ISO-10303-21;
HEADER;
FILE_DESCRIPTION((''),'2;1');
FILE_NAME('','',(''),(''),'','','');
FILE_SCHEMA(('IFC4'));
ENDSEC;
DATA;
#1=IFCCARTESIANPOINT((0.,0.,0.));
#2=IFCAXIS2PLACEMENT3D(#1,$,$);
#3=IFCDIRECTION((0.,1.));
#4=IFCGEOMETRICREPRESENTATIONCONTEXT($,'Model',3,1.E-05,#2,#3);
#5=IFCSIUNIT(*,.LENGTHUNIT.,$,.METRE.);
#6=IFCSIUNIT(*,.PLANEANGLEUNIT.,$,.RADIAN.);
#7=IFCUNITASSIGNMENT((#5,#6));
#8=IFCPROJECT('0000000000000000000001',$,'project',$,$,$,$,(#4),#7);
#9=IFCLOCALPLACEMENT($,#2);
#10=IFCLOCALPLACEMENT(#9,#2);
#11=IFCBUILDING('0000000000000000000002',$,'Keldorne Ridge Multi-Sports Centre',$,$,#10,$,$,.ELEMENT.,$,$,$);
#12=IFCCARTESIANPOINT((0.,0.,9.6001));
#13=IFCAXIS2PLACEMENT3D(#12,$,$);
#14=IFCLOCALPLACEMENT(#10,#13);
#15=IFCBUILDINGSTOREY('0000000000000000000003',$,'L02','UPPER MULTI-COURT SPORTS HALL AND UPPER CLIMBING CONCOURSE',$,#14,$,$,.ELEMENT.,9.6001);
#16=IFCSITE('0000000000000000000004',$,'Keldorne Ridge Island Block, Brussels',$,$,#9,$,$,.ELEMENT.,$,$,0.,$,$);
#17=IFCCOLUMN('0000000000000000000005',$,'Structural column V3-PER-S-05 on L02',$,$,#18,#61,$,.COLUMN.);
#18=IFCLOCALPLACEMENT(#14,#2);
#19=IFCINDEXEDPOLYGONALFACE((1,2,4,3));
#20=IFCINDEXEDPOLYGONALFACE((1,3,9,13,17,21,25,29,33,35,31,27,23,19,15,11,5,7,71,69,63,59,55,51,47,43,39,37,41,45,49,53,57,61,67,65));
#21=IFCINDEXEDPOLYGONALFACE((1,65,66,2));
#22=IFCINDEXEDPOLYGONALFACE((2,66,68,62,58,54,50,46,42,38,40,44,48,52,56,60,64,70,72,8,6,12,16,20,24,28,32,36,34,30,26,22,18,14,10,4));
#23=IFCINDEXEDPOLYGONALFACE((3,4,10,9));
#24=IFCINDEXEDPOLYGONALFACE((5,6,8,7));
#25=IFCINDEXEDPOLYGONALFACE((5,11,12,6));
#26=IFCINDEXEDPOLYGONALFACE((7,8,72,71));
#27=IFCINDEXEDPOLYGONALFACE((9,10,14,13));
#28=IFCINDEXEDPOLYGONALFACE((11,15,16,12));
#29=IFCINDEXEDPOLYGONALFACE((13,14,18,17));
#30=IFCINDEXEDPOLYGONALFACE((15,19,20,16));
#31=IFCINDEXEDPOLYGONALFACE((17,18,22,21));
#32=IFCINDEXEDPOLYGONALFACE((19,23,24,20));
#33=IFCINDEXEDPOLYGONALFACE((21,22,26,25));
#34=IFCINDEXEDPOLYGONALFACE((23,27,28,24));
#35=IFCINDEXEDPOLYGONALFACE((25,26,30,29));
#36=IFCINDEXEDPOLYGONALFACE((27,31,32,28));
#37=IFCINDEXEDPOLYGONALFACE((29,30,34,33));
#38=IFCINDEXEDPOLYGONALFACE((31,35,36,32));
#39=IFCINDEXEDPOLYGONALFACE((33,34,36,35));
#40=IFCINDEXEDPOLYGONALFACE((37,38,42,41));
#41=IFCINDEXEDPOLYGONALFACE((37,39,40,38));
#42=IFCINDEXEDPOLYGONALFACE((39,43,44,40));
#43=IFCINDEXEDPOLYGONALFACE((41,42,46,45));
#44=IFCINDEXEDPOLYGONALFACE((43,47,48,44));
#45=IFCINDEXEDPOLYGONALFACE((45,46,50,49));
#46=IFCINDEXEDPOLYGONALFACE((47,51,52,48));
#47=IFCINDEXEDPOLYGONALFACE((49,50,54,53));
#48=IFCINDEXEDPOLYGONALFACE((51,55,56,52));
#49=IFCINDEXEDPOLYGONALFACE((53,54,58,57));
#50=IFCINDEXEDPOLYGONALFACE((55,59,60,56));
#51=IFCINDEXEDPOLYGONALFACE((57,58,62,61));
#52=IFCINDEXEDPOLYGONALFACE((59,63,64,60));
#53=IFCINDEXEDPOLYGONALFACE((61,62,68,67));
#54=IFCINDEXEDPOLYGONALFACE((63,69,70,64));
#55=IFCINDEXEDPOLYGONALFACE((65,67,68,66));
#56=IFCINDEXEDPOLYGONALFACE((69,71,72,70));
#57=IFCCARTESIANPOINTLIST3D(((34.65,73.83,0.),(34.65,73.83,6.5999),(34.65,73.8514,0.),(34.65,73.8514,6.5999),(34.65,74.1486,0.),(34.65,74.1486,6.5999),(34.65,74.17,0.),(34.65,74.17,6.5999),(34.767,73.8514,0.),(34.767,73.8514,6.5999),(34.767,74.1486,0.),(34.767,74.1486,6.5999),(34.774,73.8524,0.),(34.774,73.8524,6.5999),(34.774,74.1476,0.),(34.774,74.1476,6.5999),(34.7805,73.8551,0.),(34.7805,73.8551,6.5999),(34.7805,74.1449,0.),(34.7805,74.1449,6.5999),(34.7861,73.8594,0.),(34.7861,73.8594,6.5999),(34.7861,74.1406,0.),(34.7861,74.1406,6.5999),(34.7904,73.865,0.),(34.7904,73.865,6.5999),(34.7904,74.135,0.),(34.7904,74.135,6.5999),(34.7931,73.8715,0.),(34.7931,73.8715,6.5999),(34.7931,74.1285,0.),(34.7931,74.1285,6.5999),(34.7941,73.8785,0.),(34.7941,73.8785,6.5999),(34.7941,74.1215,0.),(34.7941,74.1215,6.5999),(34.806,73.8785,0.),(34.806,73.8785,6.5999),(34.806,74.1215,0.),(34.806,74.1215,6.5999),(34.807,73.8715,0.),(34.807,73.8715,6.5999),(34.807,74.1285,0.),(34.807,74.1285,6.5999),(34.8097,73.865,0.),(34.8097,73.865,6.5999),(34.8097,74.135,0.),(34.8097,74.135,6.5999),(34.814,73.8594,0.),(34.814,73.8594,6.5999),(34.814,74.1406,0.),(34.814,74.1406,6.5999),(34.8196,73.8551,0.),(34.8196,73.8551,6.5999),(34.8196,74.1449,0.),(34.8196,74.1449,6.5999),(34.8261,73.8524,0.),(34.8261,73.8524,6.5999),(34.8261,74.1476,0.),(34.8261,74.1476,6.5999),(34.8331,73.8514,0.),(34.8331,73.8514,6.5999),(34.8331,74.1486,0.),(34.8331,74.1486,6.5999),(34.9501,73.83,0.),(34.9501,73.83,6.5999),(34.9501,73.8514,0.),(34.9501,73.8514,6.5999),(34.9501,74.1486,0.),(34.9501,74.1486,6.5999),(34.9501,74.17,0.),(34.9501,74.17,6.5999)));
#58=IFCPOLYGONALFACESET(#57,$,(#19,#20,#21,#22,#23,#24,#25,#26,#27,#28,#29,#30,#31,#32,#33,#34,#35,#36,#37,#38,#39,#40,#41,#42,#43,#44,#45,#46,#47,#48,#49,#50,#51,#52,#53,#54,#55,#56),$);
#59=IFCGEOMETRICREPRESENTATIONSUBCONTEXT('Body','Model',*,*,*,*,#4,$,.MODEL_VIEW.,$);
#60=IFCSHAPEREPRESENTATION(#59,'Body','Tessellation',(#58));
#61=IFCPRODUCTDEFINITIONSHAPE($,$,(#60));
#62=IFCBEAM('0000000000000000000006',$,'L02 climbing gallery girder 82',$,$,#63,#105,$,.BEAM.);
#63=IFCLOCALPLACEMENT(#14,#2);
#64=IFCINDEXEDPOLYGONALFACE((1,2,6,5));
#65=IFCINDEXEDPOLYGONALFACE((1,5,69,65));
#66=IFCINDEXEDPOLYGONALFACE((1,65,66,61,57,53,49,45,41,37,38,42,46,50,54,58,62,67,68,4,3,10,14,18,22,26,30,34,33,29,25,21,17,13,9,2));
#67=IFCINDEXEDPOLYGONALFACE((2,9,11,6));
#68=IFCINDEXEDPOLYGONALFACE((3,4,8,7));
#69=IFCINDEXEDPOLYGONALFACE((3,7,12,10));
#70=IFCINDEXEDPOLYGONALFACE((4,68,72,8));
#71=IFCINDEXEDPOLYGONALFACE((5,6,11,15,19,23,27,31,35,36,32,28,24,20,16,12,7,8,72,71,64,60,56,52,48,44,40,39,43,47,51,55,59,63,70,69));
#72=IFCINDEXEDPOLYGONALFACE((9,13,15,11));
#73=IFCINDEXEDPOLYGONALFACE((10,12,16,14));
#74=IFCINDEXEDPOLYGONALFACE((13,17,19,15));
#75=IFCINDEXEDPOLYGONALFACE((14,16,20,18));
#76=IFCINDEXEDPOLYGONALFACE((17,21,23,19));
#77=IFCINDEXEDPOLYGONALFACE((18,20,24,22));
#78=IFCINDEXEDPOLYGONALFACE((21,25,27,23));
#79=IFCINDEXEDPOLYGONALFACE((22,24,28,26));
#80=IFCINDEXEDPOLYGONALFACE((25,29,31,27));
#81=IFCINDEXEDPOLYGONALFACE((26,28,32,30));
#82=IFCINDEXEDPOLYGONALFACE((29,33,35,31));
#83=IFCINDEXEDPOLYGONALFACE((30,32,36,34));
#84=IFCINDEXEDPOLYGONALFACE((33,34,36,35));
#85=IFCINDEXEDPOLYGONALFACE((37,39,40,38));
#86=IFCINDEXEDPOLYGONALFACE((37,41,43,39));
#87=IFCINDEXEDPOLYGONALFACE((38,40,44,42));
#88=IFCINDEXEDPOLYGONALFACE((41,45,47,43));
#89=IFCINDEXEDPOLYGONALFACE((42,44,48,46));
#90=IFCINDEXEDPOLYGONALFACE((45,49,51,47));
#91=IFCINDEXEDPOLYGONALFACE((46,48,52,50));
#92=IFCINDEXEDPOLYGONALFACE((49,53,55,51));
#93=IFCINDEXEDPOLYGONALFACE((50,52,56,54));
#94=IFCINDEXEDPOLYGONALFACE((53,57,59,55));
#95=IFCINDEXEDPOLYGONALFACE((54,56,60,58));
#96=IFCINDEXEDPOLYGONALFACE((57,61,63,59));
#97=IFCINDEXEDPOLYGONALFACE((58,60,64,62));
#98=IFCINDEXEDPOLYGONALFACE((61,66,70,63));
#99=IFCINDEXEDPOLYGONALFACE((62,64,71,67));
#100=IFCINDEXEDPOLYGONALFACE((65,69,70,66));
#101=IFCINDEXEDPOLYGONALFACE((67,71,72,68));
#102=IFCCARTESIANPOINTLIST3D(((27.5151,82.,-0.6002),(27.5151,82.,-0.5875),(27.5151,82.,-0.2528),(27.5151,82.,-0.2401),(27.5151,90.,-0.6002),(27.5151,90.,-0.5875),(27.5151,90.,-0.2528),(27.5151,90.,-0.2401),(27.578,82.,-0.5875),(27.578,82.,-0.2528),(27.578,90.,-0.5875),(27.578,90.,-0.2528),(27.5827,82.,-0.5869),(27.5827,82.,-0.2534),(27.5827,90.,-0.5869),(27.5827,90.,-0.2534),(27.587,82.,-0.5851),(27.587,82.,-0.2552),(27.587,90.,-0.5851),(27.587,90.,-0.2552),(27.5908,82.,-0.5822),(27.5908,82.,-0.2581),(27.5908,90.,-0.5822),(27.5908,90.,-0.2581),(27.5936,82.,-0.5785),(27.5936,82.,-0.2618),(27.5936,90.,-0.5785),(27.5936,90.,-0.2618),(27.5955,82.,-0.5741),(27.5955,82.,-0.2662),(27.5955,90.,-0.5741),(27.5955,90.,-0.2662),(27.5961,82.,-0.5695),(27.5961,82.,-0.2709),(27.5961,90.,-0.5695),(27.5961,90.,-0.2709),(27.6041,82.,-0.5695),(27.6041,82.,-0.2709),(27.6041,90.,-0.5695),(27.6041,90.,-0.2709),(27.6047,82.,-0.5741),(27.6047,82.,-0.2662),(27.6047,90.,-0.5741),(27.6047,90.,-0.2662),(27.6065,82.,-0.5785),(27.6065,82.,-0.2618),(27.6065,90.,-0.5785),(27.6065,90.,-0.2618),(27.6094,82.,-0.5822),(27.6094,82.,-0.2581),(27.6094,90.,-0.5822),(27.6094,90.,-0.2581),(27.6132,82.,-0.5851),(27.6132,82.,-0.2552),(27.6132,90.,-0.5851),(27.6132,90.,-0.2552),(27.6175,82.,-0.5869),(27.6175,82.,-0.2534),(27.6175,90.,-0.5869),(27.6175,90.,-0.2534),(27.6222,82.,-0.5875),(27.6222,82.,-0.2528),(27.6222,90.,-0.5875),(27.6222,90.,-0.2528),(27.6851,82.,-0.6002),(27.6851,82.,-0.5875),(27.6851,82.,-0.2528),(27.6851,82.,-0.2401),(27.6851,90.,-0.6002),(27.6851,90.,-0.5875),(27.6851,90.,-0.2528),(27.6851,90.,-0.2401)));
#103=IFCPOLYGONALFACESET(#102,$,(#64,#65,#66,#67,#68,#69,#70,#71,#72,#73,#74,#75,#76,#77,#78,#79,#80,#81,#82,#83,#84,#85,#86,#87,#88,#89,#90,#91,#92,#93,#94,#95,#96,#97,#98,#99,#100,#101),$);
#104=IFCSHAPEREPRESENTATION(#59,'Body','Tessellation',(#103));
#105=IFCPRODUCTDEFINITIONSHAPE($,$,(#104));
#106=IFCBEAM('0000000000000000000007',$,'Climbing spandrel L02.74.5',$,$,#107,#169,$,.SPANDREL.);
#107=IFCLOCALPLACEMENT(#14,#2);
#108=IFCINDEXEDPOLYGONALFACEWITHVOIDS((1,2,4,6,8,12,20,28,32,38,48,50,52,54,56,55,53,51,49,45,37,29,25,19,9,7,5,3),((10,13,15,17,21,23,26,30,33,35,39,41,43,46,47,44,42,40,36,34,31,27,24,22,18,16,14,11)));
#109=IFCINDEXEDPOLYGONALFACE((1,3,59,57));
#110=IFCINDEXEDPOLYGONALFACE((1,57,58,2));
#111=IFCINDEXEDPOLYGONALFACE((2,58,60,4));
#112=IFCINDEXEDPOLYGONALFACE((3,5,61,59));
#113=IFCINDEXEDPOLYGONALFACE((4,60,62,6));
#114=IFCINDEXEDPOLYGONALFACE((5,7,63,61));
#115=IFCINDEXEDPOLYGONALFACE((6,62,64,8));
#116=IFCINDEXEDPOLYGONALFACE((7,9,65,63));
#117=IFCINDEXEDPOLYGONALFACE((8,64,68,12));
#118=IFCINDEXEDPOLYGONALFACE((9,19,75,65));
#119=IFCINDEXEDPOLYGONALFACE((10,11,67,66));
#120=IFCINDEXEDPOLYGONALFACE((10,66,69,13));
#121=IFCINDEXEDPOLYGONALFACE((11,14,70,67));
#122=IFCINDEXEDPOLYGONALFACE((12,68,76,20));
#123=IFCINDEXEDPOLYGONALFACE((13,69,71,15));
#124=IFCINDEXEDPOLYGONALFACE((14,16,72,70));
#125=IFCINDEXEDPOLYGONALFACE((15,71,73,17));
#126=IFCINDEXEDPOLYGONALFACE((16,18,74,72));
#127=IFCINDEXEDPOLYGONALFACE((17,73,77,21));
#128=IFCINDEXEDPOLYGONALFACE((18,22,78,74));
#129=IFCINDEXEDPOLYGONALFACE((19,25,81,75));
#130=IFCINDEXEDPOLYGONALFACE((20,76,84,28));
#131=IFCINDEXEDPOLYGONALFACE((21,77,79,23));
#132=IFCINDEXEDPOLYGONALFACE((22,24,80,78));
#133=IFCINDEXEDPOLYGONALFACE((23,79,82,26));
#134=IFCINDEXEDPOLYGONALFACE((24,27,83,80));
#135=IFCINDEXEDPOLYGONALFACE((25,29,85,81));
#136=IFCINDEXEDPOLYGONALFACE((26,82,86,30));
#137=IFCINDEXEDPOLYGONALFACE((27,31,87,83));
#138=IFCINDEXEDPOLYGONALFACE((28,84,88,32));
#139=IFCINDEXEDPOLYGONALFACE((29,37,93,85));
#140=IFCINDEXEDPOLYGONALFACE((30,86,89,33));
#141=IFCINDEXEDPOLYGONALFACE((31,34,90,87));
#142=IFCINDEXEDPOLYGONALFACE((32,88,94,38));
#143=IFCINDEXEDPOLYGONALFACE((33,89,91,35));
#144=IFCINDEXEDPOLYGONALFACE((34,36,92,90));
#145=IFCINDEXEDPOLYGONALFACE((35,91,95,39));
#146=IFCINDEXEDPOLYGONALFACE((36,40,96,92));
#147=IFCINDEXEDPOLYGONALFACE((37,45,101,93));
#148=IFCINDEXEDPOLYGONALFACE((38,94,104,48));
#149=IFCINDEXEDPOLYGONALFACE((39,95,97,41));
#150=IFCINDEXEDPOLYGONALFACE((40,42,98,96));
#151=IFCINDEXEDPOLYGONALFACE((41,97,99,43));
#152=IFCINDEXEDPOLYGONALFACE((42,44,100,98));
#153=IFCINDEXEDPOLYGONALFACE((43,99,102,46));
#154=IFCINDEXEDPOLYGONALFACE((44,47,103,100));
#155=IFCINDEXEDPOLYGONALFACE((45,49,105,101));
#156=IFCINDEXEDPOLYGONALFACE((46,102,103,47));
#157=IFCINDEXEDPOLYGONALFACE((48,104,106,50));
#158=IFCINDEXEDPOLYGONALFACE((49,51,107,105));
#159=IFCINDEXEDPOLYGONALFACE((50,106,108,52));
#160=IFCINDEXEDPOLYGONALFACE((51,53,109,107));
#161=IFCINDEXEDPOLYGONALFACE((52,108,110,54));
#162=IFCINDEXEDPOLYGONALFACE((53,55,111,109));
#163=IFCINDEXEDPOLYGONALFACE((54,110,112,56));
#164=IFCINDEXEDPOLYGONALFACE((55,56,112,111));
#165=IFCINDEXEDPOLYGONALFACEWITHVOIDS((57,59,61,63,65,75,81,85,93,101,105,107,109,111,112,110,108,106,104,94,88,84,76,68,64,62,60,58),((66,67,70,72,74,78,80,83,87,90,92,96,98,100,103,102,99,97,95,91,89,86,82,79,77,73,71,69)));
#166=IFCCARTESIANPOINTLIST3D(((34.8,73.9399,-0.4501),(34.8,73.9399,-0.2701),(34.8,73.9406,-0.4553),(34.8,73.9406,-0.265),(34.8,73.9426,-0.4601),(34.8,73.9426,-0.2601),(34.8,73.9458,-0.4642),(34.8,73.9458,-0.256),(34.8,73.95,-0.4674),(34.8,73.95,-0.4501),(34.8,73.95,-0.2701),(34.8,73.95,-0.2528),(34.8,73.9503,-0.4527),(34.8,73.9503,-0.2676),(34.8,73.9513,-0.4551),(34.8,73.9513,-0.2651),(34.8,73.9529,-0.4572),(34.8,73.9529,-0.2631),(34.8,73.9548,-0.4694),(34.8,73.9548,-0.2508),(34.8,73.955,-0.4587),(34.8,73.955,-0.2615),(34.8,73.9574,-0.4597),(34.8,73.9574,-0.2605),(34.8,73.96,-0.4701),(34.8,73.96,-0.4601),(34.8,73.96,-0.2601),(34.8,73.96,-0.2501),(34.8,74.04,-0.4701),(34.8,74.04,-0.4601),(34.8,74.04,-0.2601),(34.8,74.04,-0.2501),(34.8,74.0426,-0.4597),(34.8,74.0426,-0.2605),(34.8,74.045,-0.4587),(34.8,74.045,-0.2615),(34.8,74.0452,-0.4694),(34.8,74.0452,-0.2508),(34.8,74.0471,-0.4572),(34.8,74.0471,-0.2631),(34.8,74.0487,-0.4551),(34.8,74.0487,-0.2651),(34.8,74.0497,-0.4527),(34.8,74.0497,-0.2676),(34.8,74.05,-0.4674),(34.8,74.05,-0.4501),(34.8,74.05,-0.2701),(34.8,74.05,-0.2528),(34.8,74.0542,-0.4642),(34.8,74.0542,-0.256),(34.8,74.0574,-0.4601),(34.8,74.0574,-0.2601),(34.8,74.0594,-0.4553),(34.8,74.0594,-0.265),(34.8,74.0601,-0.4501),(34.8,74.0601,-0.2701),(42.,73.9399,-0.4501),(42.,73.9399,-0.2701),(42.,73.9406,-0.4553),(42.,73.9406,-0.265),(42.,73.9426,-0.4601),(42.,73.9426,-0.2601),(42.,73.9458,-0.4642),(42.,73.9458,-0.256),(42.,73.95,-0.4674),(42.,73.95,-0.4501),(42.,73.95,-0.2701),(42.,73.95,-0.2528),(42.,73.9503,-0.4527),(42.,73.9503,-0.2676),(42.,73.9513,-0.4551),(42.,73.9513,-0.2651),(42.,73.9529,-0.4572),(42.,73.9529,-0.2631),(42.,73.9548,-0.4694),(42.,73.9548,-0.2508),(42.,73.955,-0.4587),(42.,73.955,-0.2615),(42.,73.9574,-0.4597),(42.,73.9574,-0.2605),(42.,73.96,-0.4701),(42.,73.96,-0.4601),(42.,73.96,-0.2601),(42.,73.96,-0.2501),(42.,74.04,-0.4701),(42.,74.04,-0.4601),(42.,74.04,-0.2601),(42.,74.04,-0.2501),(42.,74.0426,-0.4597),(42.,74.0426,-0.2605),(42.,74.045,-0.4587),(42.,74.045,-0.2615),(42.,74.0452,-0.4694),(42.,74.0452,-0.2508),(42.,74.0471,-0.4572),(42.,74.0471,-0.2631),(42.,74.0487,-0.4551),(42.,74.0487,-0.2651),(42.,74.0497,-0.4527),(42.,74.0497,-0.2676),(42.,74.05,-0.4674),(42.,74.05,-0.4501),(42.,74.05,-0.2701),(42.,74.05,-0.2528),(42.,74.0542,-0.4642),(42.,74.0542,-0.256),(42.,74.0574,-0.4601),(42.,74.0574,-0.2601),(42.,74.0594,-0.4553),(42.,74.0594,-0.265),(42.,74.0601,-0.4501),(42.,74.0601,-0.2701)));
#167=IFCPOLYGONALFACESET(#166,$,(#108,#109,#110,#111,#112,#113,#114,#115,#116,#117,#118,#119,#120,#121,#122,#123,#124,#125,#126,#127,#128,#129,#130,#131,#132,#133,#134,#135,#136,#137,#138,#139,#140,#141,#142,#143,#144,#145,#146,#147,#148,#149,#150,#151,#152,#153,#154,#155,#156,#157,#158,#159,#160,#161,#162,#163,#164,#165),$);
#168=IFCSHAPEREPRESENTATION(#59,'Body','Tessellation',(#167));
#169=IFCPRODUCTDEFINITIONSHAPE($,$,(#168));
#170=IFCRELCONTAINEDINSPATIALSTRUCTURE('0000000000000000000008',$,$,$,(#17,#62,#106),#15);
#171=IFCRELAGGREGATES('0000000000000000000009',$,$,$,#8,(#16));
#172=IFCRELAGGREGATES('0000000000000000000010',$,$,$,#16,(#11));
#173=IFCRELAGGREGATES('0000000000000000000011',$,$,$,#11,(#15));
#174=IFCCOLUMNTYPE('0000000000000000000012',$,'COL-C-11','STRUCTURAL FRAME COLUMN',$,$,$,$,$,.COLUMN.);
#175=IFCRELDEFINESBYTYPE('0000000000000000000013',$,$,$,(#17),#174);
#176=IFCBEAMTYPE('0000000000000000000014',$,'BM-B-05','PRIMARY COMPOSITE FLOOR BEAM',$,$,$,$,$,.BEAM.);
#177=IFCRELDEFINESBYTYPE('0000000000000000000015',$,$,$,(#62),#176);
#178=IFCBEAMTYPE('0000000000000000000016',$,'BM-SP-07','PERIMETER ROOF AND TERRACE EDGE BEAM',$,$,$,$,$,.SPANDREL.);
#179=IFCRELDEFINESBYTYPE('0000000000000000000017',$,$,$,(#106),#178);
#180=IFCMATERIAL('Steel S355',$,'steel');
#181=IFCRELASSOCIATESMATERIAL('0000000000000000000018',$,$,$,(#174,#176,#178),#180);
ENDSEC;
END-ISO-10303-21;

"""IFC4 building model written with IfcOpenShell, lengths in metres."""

from ifc_helpers import new_model, si_unit, direction, frame, origin, origin_2d, place, context, subcontext, project, spatial, hollow_rectangle, i_section, extrude, material, material_profile, profile_set, type_object, element, save


model = new_model("IFC4")

# Units and contexts
model_context = context("Model", 3, precision=1e-05, world=origin(), true_north=direction((0.0, 1.0)))
body_context = subcontext(model_context, "Body", "Model", "MODEL_VIEW")
ifc_project = project(units=[si_unit("LENGTHUNIT", "METRE"), si_unit("PLANEANGLEUNIT", "RADIAN")], contexts=[model_context])

# Site, building, storey
site_placement = place(None, origin())
site = spatial("IfcSite", under=ifc_project, at=site_placement, Name="Keldorne Ridge Island Block, Brussels", CompositionType="ELEMENT", RefElevation=0.0)
building_placement = place(site_placement, origin())
building = spatial("IfcBuilding", under=site, at=building_placement, Name="Keldorne Ridge Multi-Sports Centre", CompositionType="ELEMENT")
storey_placement = place(building_placement, frame((0.0, 0.0, 9.6001)))
storey = spatial("IfcBuildingStorey", under=building, at=storey_placement, Name="L02", Description="UPPER MULTI-COURT SPORTS HALL AND UPPER CLIMBING CONCOURSE", CompositionType="ELEMENT", Elevation=9.6001)

# Column
ifc_material_1 = material(Name="Steel S355", Category="steel")
ifc_material_profile_1 = material_profile(ifc_material_1, i_section(OverallWidth=0.3, OverallDepth=0.3401, WebThickness=0.012, FlangeThickness=0.0215, FilletRadius=0.0271, at=origin_2d()), Name="HEB 340")
ifc_profile_set_1 = profile_set([ifc_material_profile_1], Name="Steel S355")
column_type = type_object("IfcColumnType", Name="COL-C-11", Description="STRUCTURAL FRAME COLUMN", PredefinedType="COLUMN", material=ifc_profile_set_1)
column_placement = place(storey_placement, frame((34.8, 74.0, 0.0), z_axis=(0.0, 0.0, 1.0), x_axis=(1.0, 0.0, 0.0)))
element("IfcColumn", 1, at=column_placement, inside=storey, type_object=column_type, Name="Structural column V3-PER-S-05 on L02", PredefinedType="COLUMN", context=body_context, shape_type="SweptSolid", body=[
    extrude(i_section(OverallWidth=0.3, OverallDepth=0.3401, WebThickness=0.012, FlangeThickness=0.0215, FilletRadius=0.0271, at=origin_2d()), origin(), (0.0, 0.0, 1.0), 6.5999),
])

# Beams
ifc_material_profile_2 = material_profile(ifc_material_1, i_section(OverallWidth=0.1699, OverallDepth=0.3601, WebThickness=0.0081, FlangeThickness=0.0127, FilletRadius=0.0181, at=origin_2d()), Name="IPE 360")
ifc_profile_set_2 = profile_set([ifc_material_profile_2], Name="Steel S355")
beam_type_1 = type_object("IfcBeamType", Name="BM-B-05", Description="PRIMARY COMPOSITE FLOOR BEAM", PredefinedType="BEAM", material=ifc_profile_set_2)
beam_1_placement = place(storey_placement, frame((27.6001, 82.0, -0.4202), z_axis=(0.0, 1.0, 0.0), x_axis=(-1.0, 0.0, 0.0)))
element("IfcBeam", 2, at=beam_1_placement, inside=storey, type_object=beam_type_1, Name="L02 climbing gallery girder 82", PredefinedType="BEAM", context=body_context, shape_type="SweptSolid", body=[
    extrude(i_section(OverallWidth=0.1699, OverallDepth=0.3601, WebThickness=0.0081, FlangeThickness=0.0127, FilletRadius=0.0181, at=origin_2d()), origin(), (0.0, 0.0, 1.0), 8.0),
])
ifc_material_profile_3 = material_profile(ifc_material_1, hollow_rectangle(XDim=0.1201, YDim=0.22, WallThickness=0.01, InnerFilletRadius=0.01, OuterFilletRadius=0.02, at=origin_2d()), Name="RHS 220x120x10")
ifc_profile_set_3 = profile_set([ifc_material_profile_3], Name="Steel S355")
beam_type_2 = type_object("IfcBeamType", Name="BM-SP-07", Description="PERIMETER ROOF AND TERRACE EDGE BEAM", PredefinedType="SPANDREL", material=ifc_profile_set_3)
beam_2_placement = place(storey_placement, frame((34.8, 74.0, -0.3601), z_axis=(1.0, 0.0, 0.0), x_axis=(0.0, 1.0, 0.0)))
element("IfcBeam", 3, at=beam_2_placement, inside=storey, type_object=beam_type_2, Name="Climbing spandrel L02.74.5", PredefinedType="SPANDREL", context=body_context, shape_type="SweptSolid", body=[
    extrude(hollow_rectangle(XDim=0.1201, YDim=0.22, WallThickness=0.01, InnerFilletRadius=0.01, OuterFilletRadius=0.02, at=origin_2d()), origin(), (0.0, 0.0, 1.0), 7.2),
])

save(model, "model.ifc")
